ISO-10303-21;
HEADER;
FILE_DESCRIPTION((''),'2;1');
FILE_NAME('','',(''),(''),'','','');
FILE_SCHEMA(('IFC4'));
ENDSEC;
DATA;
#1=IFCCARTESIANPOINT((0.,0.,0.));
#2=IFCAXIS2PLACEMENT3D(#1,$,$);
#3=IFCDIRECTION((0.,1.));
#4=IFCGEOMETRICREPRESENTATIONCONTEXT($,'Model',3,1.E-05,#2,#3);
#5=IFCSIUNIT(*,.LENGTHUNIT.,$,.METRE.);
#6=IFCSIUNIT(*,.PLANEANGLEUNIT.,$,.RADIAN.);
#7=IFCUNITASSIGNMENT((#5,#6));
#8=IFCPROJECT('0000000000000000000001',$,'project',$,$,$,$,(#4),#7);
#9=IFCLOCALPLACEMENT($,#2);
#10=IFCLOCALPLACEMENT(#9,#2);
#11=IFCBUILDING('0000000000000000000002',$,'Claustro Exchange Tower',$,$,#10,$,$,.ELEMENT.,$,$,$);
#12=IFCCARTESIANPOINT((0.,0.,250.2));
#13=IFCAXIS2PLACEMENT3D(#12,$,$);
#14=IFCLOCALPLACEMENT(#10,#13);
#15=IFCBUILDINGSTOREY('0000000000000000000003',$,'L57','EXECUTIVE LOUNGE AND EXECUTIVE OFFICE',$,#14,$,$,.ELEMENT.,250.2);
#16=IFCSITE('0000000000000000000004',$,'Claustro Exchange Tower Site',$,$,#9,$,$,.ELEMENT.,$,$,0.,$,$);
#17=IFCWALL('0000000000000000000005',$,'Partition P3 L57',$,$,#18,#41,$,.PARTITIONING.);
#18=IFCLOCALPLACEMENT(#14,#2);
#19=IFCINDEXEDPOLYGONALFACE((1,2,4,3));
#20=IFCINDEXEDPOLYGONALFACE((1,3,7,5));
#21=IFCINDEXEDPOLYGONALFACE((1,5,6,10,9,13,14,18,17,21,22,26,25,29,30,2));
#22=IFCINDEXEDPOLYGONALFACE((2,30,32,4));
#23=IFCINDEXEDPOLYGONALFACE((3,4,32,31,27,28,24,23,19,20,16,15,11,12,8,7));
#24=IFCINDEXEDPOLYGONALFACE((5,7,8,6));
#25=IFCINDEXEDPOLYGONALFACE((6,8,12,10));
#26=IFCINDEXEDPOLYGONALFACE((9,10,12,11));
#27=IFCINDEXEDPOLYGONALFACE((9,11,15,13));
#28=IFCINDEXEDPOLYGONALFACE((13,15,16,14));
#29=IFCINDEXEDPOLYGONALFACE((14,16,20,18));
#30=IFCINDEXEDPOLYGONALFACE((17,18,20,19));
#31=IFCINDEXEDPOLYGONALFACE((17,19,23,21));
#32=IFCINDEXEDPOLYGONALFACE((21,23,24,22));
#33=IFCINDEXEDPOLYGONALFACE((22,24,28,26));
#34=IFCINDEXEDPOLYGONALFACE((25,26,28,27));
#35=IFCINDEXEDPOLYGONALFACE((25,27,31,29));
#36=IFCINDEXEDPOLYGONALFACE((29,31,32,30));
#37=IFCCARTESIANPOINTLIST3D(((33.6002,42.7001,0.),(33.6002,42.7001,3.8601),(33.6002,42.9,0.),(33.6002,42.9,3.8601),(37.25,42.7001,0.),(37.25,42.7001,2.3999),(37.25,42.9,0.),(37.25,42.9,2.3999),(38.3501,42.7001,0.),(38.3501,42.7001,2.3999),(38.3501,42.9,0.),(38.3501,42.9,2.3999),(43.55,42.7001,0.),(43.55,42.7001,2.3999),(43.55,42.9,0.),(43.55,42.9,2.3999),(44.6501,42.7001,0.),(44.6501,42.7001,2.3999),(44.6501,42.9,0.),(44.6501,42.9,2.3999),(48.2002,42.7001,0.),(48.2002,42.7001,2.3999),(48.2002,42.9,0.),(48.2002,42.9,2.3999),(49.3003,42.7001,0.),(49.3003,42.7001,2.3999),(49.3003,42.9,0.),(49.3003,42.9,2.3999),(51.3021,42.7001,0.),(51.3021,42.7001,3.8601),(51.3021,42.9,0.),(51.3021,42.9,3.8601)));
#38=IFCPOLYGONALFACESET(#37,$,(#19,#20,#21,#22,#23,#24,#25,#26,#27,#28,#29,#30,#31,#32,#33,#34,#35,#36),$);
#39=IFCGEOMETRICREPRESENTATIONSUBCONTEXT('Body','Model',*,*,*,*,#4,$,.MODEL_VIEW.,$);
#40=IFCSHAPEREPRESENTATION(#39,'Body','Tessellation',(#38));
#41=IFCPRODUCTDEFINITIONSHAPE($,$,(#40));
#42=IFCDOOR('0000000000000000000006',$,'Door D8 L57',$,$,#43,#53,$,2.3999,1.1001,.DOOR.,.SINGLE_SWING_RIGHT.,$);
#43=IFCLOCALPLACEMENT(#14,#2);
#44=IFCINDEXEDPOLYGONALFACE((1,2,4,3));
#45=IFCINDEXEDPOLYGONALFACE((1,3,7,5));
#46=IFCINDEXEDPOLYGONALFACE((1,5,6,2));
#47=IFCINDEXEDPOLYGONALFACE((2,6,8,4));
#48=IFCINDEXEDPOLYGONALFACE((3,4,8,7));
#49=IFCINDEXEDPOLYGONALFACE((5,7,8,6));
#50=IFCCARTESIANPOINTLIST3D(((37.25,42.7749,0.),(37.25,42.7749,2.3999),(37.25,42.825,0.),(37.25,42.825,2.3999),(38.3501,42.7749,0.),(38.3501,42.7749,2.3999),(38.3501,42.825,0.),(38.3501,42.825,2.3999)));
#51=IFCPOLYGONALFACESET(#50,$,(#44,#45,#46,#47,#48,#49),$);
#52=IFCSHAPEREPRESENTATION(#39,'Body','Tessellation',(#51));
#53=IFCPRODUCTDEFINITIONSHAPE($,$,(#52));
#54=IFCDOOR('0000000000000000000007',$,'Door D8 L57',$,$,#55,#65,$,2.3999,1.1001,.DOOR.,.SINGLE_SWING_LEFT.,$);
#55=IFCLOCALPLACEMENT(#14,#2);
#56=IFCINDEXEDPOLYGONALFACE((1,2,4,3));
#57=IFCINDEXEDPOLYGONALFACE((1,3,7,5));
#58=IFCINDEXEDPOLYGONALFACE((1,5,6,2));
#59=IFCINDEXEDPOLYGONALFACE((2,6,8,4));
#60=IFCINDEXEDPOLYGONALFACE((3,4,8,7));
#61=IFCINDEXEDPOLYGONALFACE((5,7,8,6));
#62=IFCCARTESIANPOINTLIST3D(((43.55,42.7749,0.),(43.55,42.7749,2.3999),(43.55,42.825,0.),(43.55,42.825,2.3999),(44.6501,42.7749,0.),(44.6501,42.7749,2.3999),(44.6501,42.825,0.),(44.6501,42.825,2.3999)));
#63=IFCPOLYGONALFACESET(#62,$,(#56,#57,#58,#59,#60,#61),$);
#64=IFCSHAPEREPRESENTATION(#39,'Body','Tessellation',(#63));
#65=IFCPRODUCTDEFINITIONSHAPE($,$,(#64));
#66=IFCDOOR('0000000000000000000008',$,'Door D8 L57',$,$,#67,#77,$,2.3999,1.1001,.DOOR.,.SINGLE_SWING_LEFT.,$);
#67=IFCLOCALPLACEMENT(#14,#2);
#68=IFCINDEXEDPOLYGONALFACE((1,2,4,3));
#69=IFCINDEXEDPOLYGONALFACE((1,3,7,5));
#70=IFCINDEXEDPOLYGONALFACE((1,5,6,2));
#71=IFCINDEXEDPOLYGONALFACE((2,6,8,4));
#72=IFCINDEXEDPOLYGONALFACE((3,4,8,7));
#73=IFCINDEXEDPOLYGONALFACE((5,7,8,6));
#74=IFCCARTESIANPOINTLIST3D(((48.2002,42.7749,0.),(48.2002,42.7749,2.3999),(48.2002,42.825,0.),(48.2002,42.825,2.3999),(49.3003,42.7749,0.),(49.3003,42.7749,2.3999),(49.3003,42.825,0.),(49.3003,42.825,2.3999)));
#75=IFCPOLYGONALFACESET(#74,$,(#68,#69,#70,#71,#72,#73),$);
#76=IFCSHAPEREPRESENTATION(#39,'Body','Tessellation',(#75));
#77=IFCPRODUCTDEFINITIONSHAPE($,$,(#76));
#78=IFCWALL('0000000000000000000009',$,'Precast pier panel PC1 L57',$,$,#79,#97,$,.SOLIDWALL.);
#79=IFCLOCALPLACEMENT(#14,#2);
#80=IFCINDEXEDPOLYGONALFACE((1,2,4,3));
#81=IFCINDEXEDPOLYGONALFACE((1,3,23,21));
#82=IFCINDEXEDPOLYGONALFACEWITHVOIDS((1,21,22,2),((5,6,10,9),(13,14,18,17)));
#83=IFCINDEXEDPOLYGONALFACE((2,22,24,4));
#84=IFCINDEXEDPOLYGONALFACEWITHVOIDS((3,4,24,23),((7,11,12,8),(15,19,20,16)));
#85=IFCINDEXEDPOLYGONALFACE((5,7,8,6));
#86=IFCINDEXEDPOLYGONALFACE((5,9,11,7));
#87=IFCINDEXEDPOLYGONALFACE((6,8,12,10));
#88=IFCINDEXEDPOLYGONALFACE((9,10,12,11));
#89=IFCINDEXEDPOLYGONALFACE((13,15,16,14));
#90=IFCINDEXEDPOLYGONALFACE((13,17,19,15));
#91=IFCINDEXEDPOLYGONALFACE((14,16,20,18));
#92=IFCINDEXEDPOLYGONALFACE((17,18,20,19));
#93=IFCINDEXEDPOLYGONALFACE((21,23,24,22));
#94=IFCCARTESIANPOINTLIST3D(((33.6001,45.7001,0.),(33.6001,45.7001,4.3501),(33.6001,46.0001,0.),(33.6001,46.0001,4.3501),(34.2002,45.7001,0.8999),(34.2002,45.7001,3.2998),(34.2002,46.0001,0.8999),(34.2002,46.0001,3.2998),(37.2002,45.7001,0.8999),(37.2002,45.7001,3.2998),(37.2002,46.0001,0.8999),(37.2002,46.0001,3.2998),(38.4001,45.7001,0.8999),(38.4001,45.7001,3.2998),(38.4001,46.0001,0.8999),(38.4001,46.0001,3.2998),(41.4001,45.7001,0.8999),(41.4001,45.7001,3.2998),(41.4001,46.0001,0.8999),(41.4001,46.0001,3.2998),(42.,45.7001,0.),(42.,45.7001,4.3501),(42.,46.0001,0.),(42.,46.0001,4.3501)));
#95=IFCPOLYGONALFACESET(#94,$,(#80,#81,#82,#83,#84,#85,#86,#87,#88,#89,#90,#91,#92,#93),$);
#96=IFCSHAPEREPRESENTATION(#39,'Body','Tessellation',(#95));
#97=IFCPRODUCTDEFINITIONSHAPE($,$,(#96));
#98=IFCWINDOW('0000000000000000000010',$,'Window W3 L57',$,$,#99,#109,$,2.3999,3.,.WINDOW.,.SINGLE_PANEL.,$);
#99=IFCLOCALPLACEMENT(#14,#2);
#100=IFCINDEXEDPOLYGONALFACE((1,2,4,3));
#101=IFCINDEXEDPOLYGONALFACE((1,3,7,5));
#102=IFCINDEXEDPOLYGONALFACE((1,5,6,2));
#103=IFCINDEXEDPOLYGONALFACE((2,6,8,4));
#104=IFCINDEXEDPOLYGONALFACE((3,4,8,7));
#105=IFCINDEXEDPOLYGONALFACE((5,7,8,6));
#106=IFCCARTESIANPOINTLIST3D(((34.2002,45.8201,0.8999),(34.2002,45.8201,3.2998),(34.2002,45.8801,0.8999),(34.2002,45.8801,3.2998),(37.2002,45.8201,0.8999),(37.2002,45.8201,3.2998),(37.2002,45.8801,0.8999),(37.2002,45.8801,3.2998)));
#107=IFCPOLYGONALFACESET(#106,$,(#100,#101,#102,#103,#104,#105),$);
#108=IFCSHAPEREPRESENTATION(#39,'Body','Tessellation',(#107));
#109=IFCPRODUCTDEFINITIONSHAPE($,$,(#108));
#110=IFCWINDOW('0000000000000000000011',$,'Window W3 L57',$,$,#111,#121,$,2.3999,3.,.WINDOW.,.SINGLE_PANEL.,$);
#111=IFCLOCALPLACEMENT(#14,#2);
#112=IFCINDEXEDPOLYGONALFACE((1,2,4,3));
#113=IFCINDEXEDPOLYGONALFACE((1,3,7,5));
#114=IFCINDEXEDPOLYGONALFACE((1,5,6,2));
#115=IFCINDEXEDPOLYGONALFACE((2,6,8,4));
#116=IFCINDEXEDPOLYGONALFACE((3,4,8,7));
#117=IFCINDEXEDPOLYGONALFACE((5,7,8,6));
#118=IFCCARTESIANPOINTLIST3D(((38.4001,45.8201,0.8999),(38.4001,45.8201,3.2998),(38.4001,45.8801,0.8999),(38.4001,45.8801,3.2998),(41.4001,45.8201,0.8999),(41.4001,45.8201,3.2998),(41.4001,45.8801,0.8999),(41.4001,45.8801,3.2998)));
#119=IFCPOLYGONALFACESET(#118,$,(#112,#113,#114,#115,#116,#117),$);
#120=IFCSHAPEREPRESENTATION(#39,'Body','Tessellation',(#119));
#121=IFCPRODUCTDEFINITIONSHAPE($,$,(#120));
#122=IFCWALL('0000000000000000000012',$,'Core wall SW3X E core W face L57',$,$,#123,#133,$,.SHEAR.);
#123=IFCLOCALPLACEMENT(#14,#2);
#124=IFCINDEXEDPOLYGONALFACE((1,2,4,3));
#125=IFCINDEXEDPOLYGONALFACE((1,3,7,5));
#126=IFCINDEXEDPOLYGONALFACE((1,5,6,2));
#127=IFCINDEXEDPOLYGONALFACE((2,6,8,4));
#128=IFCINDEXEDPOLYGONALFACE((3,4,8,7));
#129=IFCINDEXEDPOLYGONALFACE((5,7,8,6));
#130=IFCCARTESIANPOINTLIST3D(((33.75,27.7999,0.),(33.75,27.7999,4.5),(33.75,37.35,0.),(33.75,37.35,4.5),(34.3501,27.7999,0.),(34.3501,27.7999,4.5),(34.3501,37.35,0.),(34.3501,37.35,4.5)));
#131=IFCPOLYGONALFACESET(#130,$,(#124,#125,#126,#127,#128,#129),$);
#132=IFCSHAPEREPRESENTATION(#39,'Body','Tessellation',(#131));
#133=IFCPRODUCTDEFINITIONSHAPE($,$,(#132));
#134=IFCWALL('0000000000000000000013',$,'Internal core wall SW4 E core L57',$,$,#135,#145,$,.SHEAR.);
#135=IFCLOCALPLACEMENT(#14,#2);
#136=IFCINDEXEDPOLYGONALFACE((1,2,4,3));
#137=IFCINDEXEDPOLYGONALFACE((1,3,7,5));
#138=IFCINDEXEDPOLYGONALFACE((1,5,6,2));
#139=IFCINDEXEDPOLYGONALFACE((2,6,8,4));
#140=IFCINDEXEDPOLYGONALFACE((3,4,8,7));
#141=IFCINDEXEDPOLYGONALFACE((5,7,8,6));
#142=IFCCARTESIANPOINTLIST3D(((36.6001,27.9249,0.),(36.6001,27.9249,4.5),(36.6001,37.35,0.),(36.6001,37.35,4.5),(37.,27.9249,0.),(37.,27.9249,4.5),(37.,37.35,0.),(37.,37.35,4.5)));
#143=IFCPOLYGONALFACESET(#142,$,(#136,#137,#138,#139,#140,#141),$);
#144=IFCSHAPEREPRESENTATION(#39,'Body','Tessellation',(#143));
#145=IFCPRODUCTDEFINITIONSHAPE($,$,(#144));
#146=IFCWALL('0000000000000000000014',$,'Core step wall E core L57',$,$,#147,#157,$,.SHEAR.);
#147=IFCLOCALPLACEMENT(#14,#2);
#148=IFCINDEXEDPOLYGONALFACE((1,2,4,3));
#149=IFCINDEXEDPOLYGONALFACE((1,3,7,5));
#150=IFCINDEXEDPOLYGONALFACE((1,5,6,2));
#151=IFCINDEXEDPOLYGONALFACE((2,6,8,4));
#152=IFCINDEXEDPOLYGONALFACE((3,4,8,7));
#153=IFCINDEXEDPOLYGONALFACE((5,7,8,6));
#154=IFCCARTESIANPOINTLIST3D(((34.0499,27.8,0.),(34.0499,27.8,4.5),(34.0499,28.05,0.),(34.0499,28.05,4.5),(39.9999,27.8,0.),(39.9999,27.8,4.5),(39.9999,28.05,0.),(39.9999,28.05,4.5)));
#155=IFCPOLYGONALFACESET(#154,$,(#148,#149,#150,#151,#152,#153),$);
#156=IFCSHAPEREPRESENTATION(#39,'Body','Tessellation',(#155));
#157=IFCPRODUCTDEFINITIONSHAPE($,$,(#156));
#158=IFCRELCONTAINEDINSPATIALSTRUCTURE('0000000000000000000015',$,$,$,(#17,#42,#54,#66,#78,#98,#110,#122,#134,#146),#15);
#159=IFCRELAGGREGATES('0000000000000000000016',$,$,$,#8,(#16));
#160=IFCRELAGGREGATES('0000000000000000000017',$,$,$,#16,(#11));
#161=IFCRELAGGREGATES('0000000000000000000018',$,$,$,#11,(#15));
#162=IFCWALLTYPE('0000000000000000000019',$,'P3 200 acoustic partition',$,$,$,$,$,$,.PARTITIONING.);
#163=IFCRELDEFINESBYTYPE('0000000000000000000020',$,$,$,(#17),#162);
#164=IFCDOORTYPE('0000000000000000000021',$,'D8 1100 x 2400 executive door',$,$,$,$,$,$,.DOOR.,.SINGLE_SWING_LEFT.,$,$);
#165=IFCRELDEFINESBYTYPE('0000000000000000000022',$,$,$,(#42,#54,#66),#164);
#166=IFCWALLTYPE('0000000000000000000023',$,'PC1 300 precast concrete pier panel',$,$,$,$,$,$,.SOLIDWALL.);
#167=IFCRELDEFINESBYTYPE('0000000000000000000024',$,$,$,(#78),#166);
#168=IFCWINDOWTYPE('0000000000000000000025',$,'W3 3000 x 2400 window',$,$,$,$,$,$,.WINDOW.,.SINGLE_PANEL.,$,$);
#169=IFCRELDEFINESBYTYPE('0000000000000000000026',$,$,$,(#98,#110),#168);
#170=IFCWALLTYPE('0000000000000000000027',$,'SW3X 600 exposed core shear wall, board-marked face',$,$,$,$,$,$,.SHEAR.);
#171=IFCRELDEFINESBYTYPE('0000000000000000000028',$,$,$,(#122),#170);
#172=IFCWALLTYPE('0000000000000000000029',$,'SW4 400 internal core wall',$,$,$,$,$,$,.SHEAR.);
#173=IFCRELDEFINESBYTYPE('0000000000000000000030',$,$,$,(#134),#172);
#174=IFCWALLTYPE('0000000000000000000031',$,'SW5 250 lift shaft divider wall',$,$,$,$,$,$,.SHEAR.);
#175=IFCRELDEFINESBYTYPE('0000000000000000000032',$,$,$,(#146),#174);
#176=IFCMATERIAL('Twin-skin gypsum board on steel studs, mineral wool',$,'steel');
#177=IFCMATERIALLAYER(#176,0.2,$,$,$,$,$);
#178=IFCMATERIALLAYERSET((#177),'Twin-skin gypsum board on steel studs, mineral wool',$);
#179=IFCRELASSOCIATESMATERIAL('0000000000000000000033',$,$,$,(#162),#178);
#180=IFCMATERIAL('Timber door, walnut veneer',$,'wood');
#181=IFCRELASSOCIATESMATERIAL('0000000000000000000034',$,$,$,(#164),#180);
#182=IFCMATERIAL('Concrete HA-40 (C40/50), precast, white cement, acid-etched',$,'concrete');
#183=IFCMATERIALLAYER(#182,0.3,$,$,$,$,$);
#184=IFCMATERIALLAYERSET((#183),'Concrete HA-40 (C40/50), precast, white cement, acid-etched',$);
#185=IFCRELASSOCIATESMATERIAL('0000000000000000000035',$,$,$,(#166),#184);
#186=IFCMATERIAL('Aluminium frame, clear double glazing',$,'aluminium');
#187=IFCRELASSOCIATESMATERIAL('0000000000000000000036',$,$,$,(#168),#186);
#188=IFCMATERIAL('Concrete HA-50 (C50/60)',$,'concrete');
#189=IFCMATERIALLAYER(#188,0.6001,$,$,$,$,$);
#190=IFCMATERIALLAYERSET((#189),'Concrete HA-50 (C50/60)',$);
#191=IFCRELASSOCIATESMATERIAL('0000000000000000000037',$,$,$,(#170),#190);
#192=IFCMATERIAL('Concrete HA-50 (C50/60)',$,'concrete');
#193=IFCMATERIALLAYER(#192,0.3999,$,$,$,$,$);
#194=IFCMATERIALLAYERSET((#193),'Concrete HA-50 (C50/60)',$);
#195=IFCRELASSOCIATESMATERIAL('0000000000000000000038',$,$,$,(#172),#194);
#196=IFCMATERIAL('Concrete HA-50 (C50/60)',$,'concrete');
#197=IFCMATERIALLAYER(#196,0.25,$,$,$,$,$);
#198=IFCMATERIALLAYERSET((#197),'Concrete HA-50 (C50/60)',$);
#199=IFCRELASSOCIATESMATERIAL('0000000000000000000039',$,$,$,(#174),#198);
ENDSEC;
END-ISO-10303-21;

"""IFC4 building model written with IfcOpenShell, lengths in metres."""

from ifc_helpers import new_model, si_unit, direction, frame, frame_2d, origin, place, context, subcontext, project, spatial, rectangle, extrude, material, layer, layer_set, type_object, element, fill, save


model = new_model("IFC4")

# Units and contexts
model_context = context("Model", 3, precision=1e-05, world=origin(), true_north=direction((0.0, 1.0)))
body_context = subcontext(model_context, "Body", "Model", "MODEL_VIEW")
ifc_project = project(units=[si_unit("LENGTHUNIT", "METRE"), si_unit("PLANEANGLEUNIT", "RADIAN")], contexts=[model_context])

# Site, building, storey
site_placement = place(None, origin())
site = spatial("IfcSite", under=ifc_project, at=site_placement, Name="Claustro Exchange Tower Site", CompositionType="ELEMENT", RefElevation=0.0)
building_placement = place(site_placement, origin())
building = spatial("IfcBuilding", under=site, at=building_placement, Name="Claustro Exchange Tower", CompositionType="ELEMENT")
storey_placement = place(building_placement, frame((0.0, 0.0, 250.2)))
storey = spatial("IfcBuildingStorey", under=building, at=storey_placement, Name="L57", Description="EXECUTIVE LOUNGE AND EXECUTIVE OFFICE", CompositionType="ELEMENT", Elevation=250.2)

# Wall, openings, doors
ifc_material_1 = material(Name="Twin-skin gypsum board on steel studs, mineral wool", Category="steel")
ifc_layer_1 = layer(ifc_material_1, 0.2)
ifc_layer_set_1 = layer_set([ifc_layer_1], Name="Twin-skin gypsum board on steel studs, mineral wool")
wall_type_1 = type_object("IfcWallType", Name="P3 200 acoustic partition", PredefinedType="PARTITIONING", material=ifc_layer_set_1)
wall_1_placement = place(storey_placement, frame((33.6001, 42.8, 0.0), z_axis=(0.0, 0.0, 1.0), x_axis=(1.0, 0.0, 0.0)))
wall_1 = element("IfcWall", 1, at=wall_1_placement, inside=storey, type_object=wall_type_1, Name="Partition P3 L57", PredefinedType="PARTITIONING", context=body_context, shape_type="SweptSolid", body=[
    extrude(rectangle(XDim=17.7019, YDim=0.2, at=frame_2d((8.8511, 0.0))), origin(), (0.0, 0.0, 1.0), 3.8601),
])
opening_1_placement = place(wall_1_placement, frame((3.6499, 0.0, 0.0)))
opening_1 = element("IfcOpeningElement", 2, at=opening_1_placement, cuts=wall_1, PredefinedType="OPENING", context=body_context, shape_type="SweptSolid", body=[
    extrude(rectangle(XDim=1.1001, YDim=2.3999, at=frame_2d((0.55, 1.2))), frame((0.0, 0.1099, 0.0), z_axis=(0.0, -1.0, 0.0), x_axis=(1.0, 0.0, 0.0)), (0.0, 0.0, 1.0), 0.22),
])
opening_2_placement = place(wall_1_placement, frame((9.95, 0.0, 0.0)))
opening_2 = element("IfcOpeningElement", 3, at=opening_2_placement, cuts=wall_1, PredefinedType="OPENING", context=body_context, shape_type="SweptSolid", body=[
    extrude(rectangle(XDim=1.1001, YDim=2.3999, at=frame_2d((0.55, 1.2))), frame((0.0, 0.1099, 0.0), z_axis=(0.0, -1.0, 0.0), x_axis=(1.0, 0.0, 0.0)), (0.0, 0.0, 1.0), 0.22),
])
opening_3_placement = place(wall_1_placement, frame((14.6001, 0.0, 0.0)))
opening_3 = element("IfcOpeningElement", 4, at=opening_3_placement, cuts=wall_1, PredefinedType="OPENING", context=body_context, shape_type="SweptSolid", body=[
    extrude(rectangle(XDim=1.1001, YDim=2.3999, at=frame_2d((0.55, 1.2))), frame((0.0, 0.1099, 0.0), z_axis=(0.0, -1.0, 0.0), x_axis=(1.0, 0.0, 0.0)), (0.0, 0.0, 1.0), 0.22),
])
ifc_material_2 = material(Name="Timber door, walnut veneer", Category="wood")
door_type_1 = type_object("IfcDoorType", Name="D8 1100 x 2400 executive door", OperationType="SINGLE_SWING_LEFT", PredefinedType="DOOR", material=ifc_material_2)
door_1_placement = place(opening_1_placement, origin())
door_1 = element("IfcDoor", 5, at=door_1_placement, inside=storey, type_object=door_type_1, Name="Door D8 L57", OperationType="SINGLE_SWING_RIGHT", OverallHeight=2.3999, OverallWidth=1.1001, PredefinedType="DOOR", context=body_context, shape_type="SweptSolid", body=[
    extrude(rectangle(XDim=1.1001, YDim=2.3999, at=frame_2d((0.55, 1.2))), frame((0.0, 0.0249, 0.0), z_axis=(0.0, -1.0, 0.0), x_axis=(1.0, 0.0, 0.0)), (0.0, 0.0, 1.0), 0.05),
])
fill(opening_1, door_1)
door_2_placement = place(opening_2_placement, origin())
door_2 = element("IfcDoor", 6, at=door_2_placement, inside=storey, type_object=door_type_1, Name="Door D8 L57", OperationType="SINGLE_SWING_LEFT", OverallHeight=2.3999, OverallWidth=1.1001, PredefinedType="DOOR", context=body_context, shape_type="SweptSolid", body=[
    extrude(rectangle(XDim=1.1001, YDim=2.3999, at=frame_2d((0.55, 1.2))), frame((0.0, 0.0249, 0.0), z_axis=(0.0, -1.0, 0.0), x_axis=(1.0, 0.0, 0.0)), (0.0, 0.0, 1.0), 0.05),
])
fill(opening_2, door_2)
door_3_placement = place(opening_3_placement, origin())
door_3 = element("IfcDoor", 7, at=door_3_placement, inside=storey, type_object=door_type_1, Name="Door D8 L57", OperationType="SINGLE_SWING_LEFT", OverallHeight=2.3999, OverallWidth=1.1001, PredefinedType="DOOR", context=body_context, shape_type="SweptSolid", body=[
    extrude(rectangle(XDim=1.1001, YDim=2.3999, at=frame_2d((0.55, 1.2))), frame((0.0, 0.0249, 0.0), z_axis=(0.0, -1.0, 0.0), x_axis=(1.0, 0.0, 0.0)), (0.0, 0.0, 1.0), 0.05),
])
fill(opening_3, door_3)

# Wall, openings, windows
ifc_material_3 = material(Name="Concrete HA-40 (C40/50), precast, white cement, acid-etched", Category="concrete")
ifc_layer_2 = layer(ifc_material_3, 0.3)
ifc_layer_set_2 = layer_set([ifc_layer_2], Name="Concrete HA-40 (C40/50), precast, white cement, acid-etched")
wall_type_2 = type_object("IfcWallType", Name="PC1 300 precast concrete pier panel", PredefinedType="SOLIDWALL", material=ifc_layer_set_2)
wall_2_placement = place(storey_placement, frame((33.6001, 45.8501, 0.0), z_axis=(0.0, 0.0, 1.0), x_axis=(1.0, 0.0, 0.0)))
wall_2 = element("IfcWall", 8, at=wall_2_placement, inside=storey, type_object=wall_type_2, Name="Precast pier panel PC1 L57", PredefinedType="SOLIDWALL", context=body_context, shape_type="SweptSolid", body=[
    extrude(rectangle(XDim=8.3999, YDim=0.3, at=frame_2d((4.2, 0.0))), origin(), (0.0, 0.0, 1.0), 4.3501),
])
opening_4_placement = place(wall_2_placement, frame((0.6001, 0.0, 0.8999)))
opening_4 = element("IfcOpeningElement", 9, at=opening_4_placement, cuts=wall_2, PredefinedType="OPENING", context=body_context, shape_type="SweptSolid", body=[
    extrude(rectangle(XDim=3.0, YDim=2.3999, at=frame_2d((1.5, 1.2))), frame((0.0, 0.1599, 0.0), z_axis=(0.0, -1.0, 0.0), x_axis=(1.0, 0.0, 0.0)), (0.0, 0.0, 1.0), 0.3201),
])
opening_5_placement = place(wall_2_placement, frame((4.8, 0.0, 0.8999)))
opening_5 = element("IfcOpeningElement", 10, at=opening_5_placement, cuts=wall_2, PredefinedType="OPENING", context=body_context, shape_type="SweptSolid", body=[
    extrude(rectangle(XDim=3.0, YDim=2.3999, at=frame_2d((1.5, 1.2))), frame((0.0, 0.1599, 0.0), z_axis=(0.0, -1.0, 0.0), x_axis=(1.0, 0.0, 0.0)), (0.0, 0.0, 1.0), 0.3201),
])
ifc_material_4 = material(Name="Aluminium frame, clear double glazing", Category="aluminium")
window_type = type_object("IfcWindowType", Name="W3 3000 x 2400 window", PartitioningType="SINGLE_PANEL", PredefinedType="WINDOW", material=ifc_material_4)
window_1_placement = place(opening_4_placement, origin())
window_1 = element("IfcWindow", 11, at=window_1_placement, inside=storey, type_object=window_type, Name="Window W3 L57", OverallHeight=2.3999, OverallWidth=3.0, PartitioningType="SINGLE_PANEL", PredefinedType="WINDOW", context=body_context, shape_type="SweptSolid", body=[
    extrude(rectangle(XDim=3.0, YDim=2.3999, at=frame_2d((1.5, 1.2))), frame((0.0, 0.03, 0.0), z_axis=(0.0, -1.0, 0.0), x_axis=(1.0, 0.0, 0.0)), (0.0, 0.0, 1.0), 0.0601),
])
fill(opening_4, window_1)
window_2_placement = place(opening_5_placement, origin())
window_2 = element("IfcWindow", 12, at=window_2_placement, inside=storey, type_object=window_type, Name="Window W3 L57", OverallHeight=2.3999, OverallWidth=3.0, PartitioningType="SINGLE_PANEL", PredefinedType="WINDOW", context=body_context, shape_type="SweptSolid", body=[
    extrude(rectangle(XDim=3.0, YDim=2.3999, at=frame_2d((1.5, 1.2))), frame((0.0, 0.03, 0.0), z_axis=(0.0, -1.0, 0.0), x_axis=(1.0, 0.0, 0.0)), (0.0, 0.0, 1.0), 0.0601),
])
fill(opening_5, window_2)

# Walls
ifc_material_5 = material(Name="Concrete HA-50 (C50/60)", Category="concrete")
ifc_layer_3 = layer(ifc_material_5, 0.6001)
ifc_layer_set_3 = layer_set([ifc_layer_3], Name="Concrete HA-50 (C50/60)")
wall_type_3 = type_object("IfcWallType", Name="SW3X 600 exposed core shear wall, board-marked face", PredefinedType="SHEAR", material=ifc_layer_set_3)
wall_3_placement = place(storey_placement, frame((34.05, 27.8, 0.0), z_axis=(0.0, 0.0, 1.0), x_axis=(0.0, 1.0, 0.0)))
element("IfcWall", 13, at=wall_3_placement, inside=storey, type_object=wall_type_3, Name="Core wall SW3X E core W face L57", PredefinedType="SHEAR", context=body_context, shape_type="SweptSolid", body=[
    extrude(rectangle(XDim=9.55, YDim=0.6001, at=frame_2d((4.7749, 0.0))), origin(), (0.0, 0.0, 1.0), 4.5),
])
ifc_material_6 = material(Name="Concrete HA-50 (C50/60)", Category="concrete")
ifc_layer_4 = layer(ifc_material_6, 0.3999)
ifc_layer_set_4 = layer_set([ifc_layer_4], Name="Concrete HA-50 (C50/60)")
wall_type_4 = type_object("IfcWallType", Name="SW4 400 internal core wall", PredefinedType="SHEAR", material=ifc_layer_set_4)
wall_4_placement = place(storey_placement, frame((36.8, 27.925, 0.0), z_axis=(0.0, 0.0, 1.0), x_axis=(0.0, 1.0, 0.0)))
element("IfcWall", 14, at=wall_4_placement, inside=storey, type_object=wall_type_4, Name="Internal core wall SW4 E core L57", PredefinedType="SHEAR", context=body_context, shape_type="SweptSolid", body=[
    extrude(rectangle(XDim=9.425, YDim=0.3999, at=frame_2d((4.7124, 0.0))), origin(), (0.0, 0.0, 1.0), 4.5),
])
ifc_material_7 = material(Name="Concrete HA-50 (C50/60)", Category="concrete")
ifc_layer_5 = layer(ifc_material_7, 0.25)
ifc_layer_set_5 = layer_set([ifc_layer_5], Name="Concrete HA-50 (C50/60)")
wall_type_5 = type_object("IfcWallType", Name="SW5 250 lift shaft divider wall", PredefinedType="SHEAR", material=ifc_layer_set_5)
wall_5_placement = place(storey_placement, frame((40.0, 27.925, 0.0), z_axis=(0.0, 0.0, 1.0), x_axis=(-1.0, 0.0, 0.0)))
element("IfcWall", 15, at=wall_5_placement, inside=storey, type_object=wall_type_5, Name="Core step wall E core L57", PredefinedType="SHEAR", context=body_context, shape_type="SweptSolid", body=[
    extrude(rectangle(XDim=5.95, YDim=0.25, at=frame_2d((2.9751, 0.0))), origin(), (0.0, 0.0, 1.0), 4.5),
])

save(model, "model.ifc")
